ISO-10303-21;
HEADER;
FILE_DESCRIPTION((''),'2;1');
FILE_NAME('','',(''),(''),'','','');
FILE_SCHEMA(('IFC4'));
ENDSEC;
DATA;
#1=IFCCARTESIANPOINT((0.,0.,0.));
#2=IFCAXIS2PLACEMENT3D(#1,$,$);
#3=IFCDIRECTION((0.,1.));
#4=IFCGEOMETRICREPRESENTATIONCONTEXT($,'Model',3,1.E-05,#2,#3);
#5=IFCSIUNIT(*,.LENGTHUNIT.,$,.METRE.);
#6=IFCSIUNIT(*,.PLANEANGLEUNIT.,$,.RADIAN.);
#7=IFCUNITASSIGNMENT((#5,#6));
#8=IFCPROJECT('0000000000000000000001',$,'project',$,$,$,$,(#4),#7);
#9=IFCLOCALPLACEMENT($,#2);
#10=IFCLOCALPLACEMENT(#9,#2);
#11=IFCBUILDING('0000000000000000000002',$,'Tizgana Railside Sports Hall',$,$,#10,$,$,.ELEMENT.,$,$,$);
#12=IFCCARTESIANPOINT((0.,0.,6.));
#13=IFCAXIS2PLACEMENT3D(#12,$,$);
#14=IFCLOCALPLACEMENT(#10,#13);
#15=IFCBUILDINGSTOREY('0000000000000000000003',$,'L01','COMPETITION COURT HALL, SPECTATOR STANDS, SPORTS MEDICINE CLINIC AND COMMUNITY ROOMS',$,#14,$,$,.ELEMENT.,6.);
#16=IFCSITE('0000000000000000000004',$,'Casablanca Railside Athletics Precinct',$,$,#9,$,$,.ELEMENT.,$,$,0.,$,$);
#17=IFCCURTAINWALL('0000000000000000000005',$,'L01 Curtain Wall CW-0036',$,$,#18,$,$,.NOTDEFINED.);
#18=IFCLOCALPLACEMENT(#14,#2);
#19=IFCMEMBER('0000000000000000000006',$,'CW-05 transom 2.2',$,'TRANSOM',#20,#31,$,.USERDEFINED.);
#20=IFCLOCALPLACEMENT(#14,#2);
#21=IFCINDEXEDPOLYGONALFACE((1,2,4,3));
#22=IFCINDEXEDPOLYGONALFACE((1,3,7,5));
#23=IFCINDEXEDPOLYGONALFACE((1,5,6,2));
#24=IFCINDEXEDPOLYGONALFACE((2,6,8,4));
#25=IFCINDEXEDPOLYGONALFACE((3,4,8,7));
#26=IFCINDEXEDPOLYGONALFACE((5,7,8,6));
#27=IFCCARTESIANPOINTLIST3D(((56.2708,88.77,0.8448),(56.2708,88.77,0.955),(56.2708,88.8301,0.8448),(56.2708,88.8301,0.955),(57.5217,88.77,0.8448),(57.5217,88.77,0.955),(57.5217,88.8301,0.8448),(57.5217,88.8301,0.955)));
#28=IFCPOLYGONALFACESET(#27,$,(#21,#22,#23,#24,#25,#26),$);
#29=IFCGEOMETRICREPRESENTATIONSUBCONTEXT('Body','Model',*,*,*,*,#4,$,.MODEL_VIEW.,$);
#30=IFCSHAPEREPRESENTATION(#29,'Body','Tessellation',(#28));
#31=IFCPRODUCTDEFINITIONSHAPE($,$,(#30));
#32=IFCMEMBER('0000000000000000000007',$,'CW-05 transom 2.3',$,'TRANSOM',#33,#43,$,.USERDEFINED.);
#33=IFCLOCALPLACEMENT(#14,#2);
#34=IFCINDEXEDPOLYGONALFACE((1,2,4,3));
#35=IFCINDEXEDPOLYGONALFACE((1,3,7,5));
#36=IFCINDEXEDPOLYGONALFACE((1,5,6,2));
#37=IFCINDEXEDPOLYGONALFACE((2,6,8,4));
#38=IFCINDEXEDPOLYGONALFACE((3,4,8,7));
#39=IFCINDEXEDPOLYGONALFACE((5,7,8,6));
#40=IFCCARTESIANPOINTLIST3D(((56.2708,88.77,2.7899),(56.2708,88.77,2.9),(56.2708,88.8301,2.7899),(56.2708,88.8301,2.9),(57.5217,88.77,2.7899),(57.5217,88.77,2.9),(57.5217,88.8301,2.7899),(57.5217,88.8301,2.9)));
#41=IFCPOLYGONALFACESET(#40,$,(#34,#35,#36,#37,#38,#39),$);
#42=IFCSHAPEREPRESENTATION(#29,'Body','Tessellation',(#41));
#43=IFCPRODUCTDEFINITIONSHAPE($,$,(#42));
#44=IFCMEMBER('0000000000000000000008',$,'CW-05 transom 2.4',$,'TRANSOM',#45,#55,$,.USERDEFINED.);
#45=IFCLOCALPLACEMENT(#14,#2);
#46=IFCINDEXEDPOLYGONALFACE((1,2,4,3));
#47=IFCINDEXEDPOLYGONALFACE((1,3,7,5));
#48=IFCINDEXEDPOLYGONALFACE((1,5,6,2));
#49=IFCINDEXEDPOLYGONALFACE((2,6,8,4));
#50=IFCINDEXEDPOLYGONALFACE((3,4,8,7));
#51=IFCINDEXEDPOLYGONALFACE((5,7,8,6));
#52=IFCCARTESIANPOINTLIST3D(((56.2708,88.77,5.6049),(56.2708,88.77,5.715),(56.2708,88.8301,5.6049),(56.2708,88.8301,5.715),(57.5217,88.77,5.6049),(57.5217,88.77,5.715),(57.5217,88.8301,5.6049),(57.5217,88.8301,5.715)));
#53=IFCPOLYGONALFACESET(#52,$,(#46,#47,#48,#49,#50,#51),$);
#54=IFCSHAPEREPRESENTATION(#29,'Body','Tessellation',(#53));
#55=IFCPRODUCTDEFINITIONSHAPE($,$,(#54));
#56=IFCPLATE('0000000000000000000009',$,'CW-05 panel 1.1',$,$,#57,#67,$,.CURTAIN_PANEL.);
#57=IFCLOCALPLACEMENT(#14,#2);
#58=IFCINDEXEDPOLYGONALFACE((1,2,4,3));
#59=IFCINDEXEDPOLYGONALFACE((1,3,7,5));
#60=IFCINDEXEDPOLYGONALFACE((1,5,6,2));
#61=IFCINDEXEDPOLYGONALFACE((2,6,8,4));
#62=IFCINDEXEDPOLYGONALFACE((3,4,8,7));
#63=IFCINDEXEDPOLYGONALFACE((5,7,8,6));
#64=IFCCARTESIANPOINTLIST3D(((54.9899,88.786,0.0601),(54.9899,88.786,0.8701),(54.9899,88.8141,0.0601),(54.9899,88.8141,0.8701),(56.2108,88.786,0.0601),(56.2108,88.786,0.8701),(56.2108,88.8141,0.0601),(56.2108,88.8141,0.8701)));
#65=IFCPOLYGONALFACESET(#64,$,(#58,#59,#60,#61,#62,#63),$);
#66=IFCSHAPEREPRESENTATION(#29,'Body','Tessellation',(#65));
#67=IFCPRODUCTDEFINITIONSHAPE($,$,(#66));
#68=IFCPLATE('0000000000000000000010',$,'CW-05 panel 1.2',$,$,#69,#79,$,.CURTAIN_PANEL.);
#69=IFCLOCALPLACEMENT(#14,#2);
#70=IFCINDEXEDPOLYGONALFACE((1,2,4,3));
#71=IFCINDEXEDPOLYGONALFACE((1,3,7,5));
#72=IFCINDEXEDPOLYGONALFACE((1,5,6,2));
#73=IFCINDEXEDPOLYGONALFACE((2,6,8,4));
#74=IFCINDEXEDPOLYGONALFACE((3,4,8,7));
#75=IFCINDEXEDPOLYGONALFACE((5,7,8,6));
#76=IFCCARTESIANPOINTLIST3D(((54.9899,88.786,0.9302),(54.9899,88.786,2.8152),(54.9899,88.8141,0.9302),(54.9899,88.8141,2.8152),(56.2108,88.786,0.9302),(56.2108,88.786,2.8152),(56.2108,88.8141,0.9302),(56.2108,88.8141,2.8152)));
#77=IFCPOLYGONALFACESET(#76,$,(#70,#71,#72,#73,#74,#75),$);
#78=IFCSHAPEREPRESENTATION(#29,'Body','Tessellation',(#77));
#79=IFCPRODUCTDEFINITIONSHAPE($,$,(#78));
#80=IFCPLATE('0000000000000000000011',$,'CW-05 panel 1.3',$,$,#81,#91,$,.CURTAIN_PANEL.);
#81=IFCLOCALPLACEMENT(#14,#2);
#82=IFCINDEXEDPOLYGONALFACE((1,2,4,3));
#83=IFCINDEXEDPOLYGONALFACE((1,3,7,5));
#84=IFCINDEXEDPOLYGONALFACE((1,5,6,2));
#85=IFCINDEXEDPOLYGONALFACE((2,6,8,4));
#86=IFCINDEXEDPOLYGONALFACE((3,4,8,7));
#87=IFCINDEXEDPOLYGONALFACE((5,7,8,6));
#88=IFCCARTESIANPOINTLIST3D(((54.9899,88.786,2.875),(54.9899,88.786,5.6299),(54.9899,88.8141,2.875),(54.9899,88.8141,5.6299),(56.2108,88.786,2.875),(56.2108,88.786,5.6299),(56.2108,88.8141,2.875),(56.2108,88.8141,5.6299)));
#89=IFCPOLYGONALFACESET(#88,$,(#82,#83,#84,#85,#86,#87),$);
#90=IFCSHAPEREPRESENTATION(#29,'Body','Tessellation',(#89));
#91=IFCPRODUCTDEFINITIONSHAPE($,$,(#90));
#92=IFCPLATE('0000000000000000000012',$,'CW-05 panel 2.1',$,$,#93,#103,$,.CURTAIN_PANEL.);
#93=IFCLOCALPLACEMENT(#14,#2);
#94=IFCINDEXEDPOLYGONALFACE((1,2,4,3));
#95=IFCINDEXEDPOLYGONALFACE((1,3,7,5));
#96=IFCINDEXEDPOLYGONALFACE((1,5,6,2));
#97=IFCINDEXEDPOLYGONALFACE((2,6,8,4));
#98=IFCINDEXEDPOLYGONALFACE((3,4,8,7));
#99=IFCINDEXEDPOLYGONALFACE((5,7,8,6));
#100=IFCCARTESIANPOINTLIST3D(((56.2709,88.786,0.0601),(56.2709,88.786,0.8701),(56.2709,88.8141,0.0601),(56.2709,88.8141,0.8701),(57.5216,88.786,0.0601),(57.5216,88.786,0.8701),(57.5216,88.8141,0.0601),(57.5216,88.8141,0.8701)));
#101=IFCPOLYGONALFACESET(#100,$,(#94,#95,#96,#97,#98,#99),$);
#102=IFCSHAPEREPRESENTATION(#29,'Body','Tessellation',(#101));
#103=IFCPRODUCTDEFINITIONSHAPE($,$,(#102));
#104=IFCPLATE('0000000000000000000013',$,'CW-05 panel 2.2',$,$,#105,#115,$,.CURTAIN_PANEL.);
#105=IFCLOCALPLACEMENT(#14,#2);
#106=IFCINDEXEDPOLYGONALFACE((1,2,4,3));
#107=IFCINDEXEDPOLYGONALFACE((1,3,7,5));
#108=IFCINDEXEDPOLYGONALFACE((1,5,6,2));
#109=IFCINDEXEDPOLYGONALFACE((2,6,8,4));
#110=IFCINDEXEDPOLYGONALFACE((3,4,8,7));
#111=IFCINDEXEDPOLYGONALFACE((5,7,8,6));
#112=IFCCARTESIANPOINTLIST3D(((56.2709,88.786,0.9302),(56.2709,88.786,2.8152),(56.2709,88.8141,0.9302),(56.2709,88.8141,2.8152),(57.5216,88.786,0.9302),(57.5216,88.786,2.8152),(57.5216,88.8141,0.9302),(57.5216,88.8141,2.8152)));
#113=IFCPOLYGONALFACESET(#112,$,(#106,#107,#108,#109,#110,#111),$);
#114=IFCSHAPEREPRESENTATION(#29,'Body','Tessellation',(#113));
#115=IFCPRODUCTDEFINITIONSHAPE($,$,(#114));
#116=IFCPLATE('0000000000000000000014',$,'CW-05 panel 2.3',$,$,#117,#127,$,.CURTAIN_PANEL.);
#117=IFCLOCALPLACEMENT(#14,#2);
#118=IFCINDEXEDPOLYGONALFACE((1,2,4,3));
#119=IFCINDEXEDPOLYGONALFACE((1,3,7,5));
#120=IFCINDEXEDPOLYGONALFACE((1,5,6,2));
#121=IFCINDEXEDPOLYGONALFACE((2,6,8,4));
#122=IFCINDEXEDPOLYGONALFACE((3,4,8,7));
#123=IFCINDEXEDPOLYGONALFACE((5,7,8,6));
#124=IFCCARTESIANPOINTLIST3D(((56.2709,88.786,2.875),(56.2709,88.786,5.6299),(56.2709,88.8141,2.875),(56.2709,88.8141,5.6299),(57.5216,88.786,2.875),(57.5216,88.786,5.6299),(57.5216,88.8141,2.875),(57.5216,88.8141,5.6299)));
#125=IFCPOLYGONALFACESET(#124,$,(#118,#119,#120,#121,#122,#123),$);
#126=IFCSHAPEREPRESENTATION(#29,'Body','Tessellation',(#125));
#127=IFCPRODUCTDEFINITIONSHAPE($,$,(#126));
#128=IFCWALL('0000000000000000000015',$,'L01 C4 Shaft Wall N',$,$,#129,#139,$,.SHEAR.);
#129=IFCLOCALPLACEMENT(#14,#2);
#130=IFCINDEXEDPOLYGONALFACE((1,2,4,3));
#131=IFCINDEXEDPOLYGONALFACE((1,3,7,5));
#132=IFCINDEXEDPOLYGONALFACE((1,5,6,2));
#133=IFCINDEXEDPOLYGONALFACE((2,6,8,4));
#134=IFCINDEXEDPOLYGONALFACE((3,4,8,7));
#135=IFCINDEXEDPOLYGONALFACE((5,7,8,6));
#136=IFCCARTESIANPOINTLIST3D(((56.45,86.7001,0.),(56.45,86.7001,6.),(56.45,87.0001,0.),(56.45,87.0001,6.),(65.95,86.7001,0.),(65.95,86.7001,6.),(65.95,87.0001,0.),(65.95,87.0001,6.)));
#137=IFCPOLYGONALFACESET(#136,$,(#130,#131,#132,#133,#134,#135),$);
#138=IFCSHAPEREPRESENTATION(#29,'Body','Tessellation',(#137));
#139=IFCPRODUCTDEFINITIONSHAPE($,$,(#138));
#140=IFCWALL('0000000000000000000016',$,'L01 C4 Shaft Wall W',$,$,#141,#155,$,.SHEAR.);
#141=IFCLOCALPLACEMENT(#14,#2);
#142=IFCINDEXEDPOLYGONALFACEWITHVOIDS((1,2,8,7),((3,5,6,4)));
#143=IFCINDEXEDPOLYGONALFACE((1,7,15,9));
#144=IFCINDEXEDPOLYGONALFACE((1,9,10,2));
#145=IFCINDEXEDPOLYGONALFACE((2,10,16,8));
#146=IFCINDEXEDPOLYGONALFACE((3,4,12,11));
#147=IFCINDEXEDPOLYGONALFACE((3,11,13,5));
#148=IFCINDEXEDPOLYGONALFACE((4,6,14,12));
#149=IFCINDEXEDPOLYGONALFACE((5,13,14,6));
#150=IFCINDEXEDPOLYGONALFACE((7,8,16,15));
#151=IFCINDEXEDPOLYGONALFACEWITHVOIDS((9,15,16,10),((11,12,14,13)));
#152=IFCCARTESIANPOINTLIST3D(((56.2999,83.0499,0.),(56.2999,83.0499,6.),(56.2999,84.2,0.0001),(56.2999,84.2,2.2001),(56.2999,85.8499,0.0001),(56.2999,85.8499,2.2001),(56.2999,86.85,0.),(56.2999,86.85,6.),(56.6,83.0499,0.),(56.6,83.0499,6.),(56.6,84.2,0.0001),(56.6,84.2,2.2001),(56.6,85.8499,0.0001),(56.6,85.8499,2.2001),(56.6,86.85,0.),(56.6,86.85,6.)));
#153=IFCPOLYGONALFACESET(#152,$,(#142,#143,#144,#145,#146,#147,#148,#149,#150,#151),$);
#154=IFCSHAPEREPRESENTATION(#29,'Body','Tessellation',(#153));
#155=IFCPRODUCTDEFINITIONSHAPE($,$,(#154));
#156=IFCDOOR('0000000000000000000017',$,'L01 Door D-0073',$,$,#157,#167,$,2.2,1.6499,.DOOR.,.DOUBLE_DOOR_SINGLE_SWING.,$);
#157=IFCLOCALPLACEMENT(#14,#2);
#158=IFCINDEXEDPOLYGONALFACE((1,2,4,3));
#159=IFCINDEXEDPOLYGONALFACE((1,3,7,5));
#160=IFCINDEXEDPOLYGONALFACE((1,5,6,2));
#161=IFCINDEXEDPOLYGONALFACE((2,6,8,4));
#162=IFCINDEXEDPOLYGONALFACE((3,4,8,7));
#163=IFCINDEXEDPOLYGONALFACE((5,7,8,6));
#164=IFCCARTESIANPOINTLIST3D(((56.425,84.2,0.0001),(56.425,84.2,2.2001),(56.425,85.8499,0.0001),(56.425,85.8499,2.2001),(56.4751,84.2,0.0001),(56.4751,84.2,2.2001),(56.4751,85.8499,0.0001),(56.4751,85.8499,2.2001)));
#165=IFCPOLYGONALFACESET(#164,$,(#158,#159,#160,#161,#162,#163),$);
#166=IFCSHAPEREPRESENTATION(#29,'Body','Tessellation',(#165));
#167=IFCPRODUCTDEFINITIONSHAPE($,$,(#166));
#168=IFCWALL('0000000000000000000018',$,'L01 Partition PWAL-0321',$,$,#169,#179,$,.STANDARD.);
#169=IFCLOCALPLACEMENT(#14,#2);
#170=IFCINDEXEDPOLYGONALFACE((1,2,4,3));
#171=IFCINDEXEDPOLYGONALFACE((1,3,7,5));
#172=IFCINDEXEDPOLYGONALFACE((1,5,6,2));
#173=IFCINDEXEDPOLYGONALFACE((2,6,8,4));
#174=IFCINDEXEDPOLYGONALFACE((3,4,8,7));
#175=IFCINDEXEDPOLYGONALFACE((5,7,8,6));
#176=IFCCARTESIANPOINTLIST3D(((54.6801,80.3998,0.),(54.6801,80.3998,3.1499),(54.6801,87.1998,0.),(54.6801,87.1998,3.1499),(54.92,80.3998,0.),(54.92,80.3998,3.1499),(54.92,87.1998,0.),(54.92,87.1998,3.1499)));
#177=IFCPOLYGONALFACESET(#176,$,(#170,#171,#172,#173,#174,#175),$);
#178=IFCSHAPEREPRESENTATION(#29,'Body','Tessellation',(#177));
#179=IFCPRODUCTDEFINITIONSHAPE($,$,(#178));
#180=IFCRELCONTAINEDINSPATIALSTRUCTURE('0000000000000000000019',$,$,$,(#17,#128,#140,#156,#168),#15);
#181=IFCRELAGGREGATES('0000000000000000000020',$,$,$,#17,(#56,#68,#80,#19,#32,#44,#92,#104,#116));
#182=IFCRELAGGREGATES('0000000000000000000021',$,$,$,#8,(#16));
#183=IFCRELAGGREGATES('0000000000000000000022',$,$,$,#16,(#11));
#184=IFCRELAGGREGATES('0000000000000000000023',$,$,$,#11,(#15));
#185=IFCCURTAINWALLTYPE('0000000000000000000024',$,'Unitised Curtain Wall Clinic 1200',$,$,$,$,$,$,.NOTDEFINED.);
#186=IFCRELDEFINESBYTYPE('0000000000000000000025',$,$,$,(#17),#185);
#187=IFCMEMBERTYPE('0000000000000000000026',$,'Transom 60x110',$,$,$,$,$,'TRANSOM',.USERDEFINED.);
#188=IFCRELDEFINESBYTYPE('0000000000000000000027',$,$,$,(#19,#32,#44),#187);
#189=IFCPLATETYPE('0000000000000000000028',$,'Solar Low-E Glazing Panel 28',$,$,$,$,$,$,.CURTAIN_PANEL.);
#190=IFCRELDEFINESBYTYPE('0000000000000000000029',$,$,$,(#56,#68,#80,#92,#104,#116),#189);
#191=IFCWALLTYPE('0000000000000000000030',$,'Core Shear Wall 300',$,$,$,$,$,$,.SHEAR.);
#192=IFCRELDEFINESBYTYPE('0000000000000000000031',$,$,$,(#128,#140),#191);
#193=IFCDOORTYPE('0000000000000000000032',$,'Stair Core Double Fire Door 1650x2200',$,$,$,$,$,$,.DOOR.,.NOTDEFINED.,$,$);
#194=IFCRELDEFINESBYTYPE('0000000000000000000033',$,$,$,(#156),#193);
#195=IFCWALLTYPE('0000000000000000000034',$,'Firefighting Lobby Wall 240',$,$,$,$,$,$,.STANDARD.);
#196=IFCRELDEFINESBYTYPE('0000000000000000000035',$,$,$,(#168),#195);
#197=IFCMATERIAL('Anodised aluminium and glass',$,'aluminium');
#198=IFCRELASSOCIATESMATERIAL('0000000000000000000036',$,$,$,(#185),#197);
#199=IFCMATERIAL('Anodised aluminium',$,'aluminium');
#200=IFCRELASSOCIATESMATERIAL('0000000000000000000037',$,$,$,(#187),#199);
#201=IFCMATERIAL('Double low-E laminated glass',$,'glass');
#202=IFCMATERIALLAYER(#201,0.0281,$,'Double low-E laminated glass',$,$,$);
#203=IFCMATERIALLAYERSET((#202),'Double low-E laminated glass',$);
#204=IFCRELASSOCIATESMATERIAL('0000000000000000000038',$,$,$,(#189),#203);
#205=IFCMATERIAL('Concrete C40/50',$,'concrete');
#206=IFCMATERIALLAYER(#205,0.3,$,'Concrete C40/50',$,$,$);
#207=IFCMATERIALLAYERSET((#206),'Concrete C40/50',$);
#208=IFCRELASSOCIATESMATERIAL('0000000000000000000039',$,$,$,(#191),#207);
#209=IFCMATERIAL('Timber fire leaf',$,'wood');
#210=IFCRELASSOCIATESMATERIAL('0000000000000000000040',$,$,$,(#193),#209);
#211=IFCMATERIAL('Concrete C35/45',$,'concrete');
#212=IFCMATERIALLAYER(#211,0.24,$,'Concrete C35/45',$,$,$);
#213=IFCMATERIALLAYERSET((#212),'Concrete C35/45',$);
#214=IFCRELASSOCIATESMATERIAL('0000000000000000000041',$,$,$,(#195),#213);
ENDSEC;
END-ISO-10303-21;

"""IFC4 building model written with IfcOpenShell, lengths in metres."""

from ifc_helpers import new_model, si_unit, direction, frame, frame_2d, origin, origin_2d, place, context, subcontext, project, spatial, rectangle, extrude, material, layer, layer_set, material_profile, profile_set, type_object, element, fill, aggregate, save


model = new_model("IFC4")

# Units and contexts
model_context = context("Model", 3, precision=1e-05, world=origin(), true_north=direction((0.0, 1.0)))
body_context = subcontext(model_context, "Body", "Model", "MODEL_VIEW")
ifc_project = project(units=[si_unit("LENGTHUNIT", "METRE"), si_unit("PLANEANGLEUNIT", "RADIAN")], contexts=[model_context])

# Site, building, storey
site_placement = place(None, origin())
site = spatial("IfcSite", under=ifc_project, at=site_placement, Name="Casablanca Railside Athletics Precinct", CompositionType="ELEMENT", RefElevation=0.0)
building_placement = place(site_placement, origin())
building = spatial("IfcBuilding", under=site, at=building_placement, Name="Tizgana Railside Sports Hall", CompositionType="ELEMENT")
storey_placement = place(building_placement, frame((0.0, 0.0, 6.0)))
storey = spatial("IfcBuildingStorey", under=building, at=storey_placement, Name="L01", Description="COMPETITION COURT HALL, SPECTATOR STANDS, SPORTS MEDICINE CLINIC AND COMMUNITY ROOMS", CompositionType="ELEMENT", Elevation=6.0)

# Curtain wall
ifc_material_1 = material(Name="Anodised aluminium and glass", Category="aluminium")
curtain_wall_type = type_object("IfcCurtainWallType", Name="Unitised Curtain Wall Clinic 1200", PredefinedType="NOTDEFINED", material=ifc_material_1)
curtain_wall_placement = place(storey_placement, origin())
curtain_wall = element("IfcCurtainWall", 1, at=curtain_wall_placement, inside=storey, type_object=curtain_wall_type, Name="L01 Curtain Wall CW-0036", PredefinedType="NOTDEFINED")
ifc_material_2 = material(Name="Anodised aluminium", Category="aluminium")

# Members
ifc_material_profile_1 = material_profile(ifc_material_2, rectangle(XDim=0.0601, YDim=0.1101, at=origin_2d()), Name="Transom 60x110")
ifc_profile_set_1 = profile_set([ifc_material_profile_1], Name="Anodised aluminium")
member_type_1 = type_object("IfcMemberType", Name="Transom 60x110", ElementType="TRANSOM", PredefinedType="USERDEFINED", material=ifc_profile_set_1)
member_1_placement = place(storey_placement, frame((56.2708, 88.8, 0.8999), z_axis=(1.0, 0.0, 0.0), x_axis=(0.0, 1.0, 0.0)))
member_1 = element("IfcMember", 2, at=member_1_placement, type_object=member_type_1, Name="CW-05 transom 2.2", ObjectType="TRANSOM", PredefinedType="USERDEFINED", context=body_context, shape_type="SweptSolid", body=[
    extrude(rectangle(XDim=0.0601, YDim=0.1101, at=origin_2d()), origin(), (0.0, 0.0, 1.0), 1.251),
])
member_2_placement = place(storey_placement, frame((56.2708, 88.8, 2.845), z_axis=(1.0, 0.0, 0.0), x_axis=(0.0, 1.0, 0.0)))
member_2 = element("IfcMember", 3, at=member_2_placement, type_object=member_type_1, Name="CW-05 transom 2.3", ObjectType="TRANSOM", PredefinedType="USERDEFINED", context=body_context, shape_type="SweptSolid", body=[
    extrude(rectangle(XDim=0.0601, YDim=0.1101, at=origin_2d()), origin(), (0.0, 0.0, 1.0), 1.251),
])
member_3_placement = place(storey_placement, frame((56.2708, 88.8, 5.6599), z_axis=(1.0, 0.0, 0.0), x_axis=(0.0, 1.0, 0.0)))
member_3 = element("IfcMember", 4, at=member_3_placement, type_object=member_type_1, Name="CW-05 transom 2.4", ObjectType="TRANSOM", PredefinedType="USERDEFINED", context=body_context, shape_type="SweptSolid", body=[
    extrude(rectangle(XDim=0.0601, YDim=0.1101, at=origin_2d()), origin(), (0.0, 0.0, 1.0), 1.251),
])

# Plates
ifc_material_3 = material(Name="Double low-E laminated glass", Category="glass")
ifc_layer_1 = layer(ifc_material_3, 0.0281, Name="Double low-E laminated glass")
ifc_layer_set_1 = layer_set([ifc_layer_1], Name="Double low-E laminated glass")
plate_type = type_object("IfcPlateType", Name="Solar Low-E Glazing Panel 28", PredefinedType="CURTAIN_PANEL", material=ifc_layer_set_1)
plate_1_placement = place(storey_placement, frame((55.6003, 88.8, 0.0601), z_axis=(0.0, 0.0, 1.0), x_axis=(1.0, 0.0, 0.0)))
plate_1 = element("IfcPlate", 5, at=plate_1_placement, type_object=plate_type, Name="CW-05 panel 1.1", PredefinedType="CURTAIN_PANEL", context=body_context, shape_type="SweptSolid", body=[
    extrude(rectangle(XDim=1.2209, YDim=0.0281, at=origin_2d()), origin(), (0.0, 0.0, 1.0), 0.8101),
])
plate_2_placement = place(storey_placement, frame((55.6003, 88.8, 0.9302), z_axis=(0.0, 0.0, 1.0), x_axis=(1.0, 0.0, 0.0)))
plate_2 = element("IfcPlate", 6, at=plate_2_placement, type_object=plate_type, Name="CW-05 panel 1.2", PredefinedType="CURTAIN_PANEL", context=body_context, shape_type="SweptSolid", body=[
    extrude(rectangle(XDim=1.2209, YDim=0.0281, at=origin_2d()), origin(), (0.0, 0.0, 1.0), 1.885),
])
plate_3_placement = place(storey_placement, frame((55.6003, 88.8, 2.875), z_axis=(0.0, 0.0, 1.0), x_axis=(1.0, 0.0, 0.0)))
plate_3 = element("IfcPlate", 7, at=plate_3_placement, type_object=plate_type, Name="CW-05 panel 1.3", PredefinedType="CURTAIN_PANEL", context=body_context, shape_type="SweptSolid", body=[
    extrude(rectangle(XDim=1.2209, YDim=0.0281, at=origin_2d()), origin(), (0.0, 0.0, 1.0), 2.7549),
])
plate_4_placement = place(storey_placement, frame((56.8962, 88.8, 0.0601), z_axis=(0.0, 0.0, 1.0), x_axis=(1.0, 0.0, 0.0)))
plate_4 = element("IfcPlate", 8, at=plate_4_placement, type_object=plate_type, Name="CW-05 panel 2.1", PredefinedType="CURTAIN_PANEL", context=body_context, shape_type="SweptSolid", body=[
    extrude(rectangle(XDim=1.2507, YDim=0.0281, at=origin_2d()), origin(), (0.0, 0.0, 1.0), 0.8101),
])
plate_5_placement = place(storey_placement, frame((56.8962, 88.8, 0.9302), z_axis=(0.0, 0.0, 1.0), x_axis=(1.0, 0.0, 0.0)))
plate_5 = element("IfcPlate", 9, at=plate_5_placement, type_object=plate_type, Name="CW-05 panel 2.2", PredefinedType="CURTAIN_PANEL", context=body_context, shape_type="SweptSolid", body=[
    extrude(rectangle(XDim=1.2507, YDim=0.0281, at=origin_2d()), origin(), (0.0, 0.0, 1.0), 1.885),
])
plate_6_placement = place(storey_placement, frame((56.8962, 88.8, 2.875), z_axis=(0.0, 0.0, 1.0), x_axis=(1.0, 0.0, 0.0)))
plate_6 = element("IfcPlate", 10, at=plate_6_placement, type_object=plate_type, Name="CW-05 panel 2.3", PredefinedType="CURTAIN_PANEL", context=body_context, shape_type="SweptSolid", body=[
    extrude(rectangle(XDim=1.2507, YDim=0.0281, at=origin_2d()), origin(), (0.0, 0.0, 1.0), 2.7549),
])
aggregate(curtain_wall, [plate_1, plate_2, plate_3, member_1, member_2, member_3, plate_4, plate_5, plate_6])

# Wall
ifc_material_4 = material(Name="Concrete C40/50", Category="concrete")
ifc_layer_2 = layer(ifc_material_4, 0.3, Name="Concrete C40/50")
ifc_layer_set_2 = layer_set([ifc_layer_2], Name="Concrete C40/50")
wall_type_1 = type_object("IfcWallType", Name="Core Shear Wall 300", PredefinedType="SHEAR", material=ifc_layer_set_2)
wall_1_placement = place(storey_placement, frame((56.45, 86.8501, 0.0), z_axis=(0.0, 0.0, 1.0), x_axis=(1.0, 0.0, 0.0)))
element("IfcWall", 11, at=wall_1_placement, inside=storey, type_object=wall_type_1, Name="L01 C4 Shaft Wall N", PredefinedType="SHEAR", context=body_context, shape_type="SweptSolid", body=[
    extrude(rectangle(XDim=9.5, YDim=0.3, at=frame_2d((4.75, 0.0))), origin(), (0.0, 0.0, 1.0), 6.0),
])

# Wall, opening, door
wall_2_placement = place(storey_placement, frame((56.45, 83.05, 0.0), z_axis=(0.0, 0.0, 1.0), x_axis=(0.0, 1.0, 0.0)))
wall_2 = element("IfcWall", 12, at=wall_2_placement, inside=storey, type_object=wall_type_1, Name="L01 C4 Shaft Wall W", PredefinedType="SHEAR", context=body_context, shape_type="SweptSolid", body=[
    extrude(rectangle(XDim=3.8, YDim=0.3, at=frame_2d((1.8999, 0.0))), origin(), (0.0, 0.0, 1.0), 6.0),
])
opening_placement = place(wall_2_placement, frame((1.1499, 0.0, 0.0)))
opening = element("IfcOpeningElement", 13, at=opening_placement, cuts=wall_2, PredefinedType="OPENING", context=body_context, shape_type="SweptSolid", body=[
    extrude(rectangle(XDim=1.6499, YDim=2.2, at=frame_2d((0.825, 1.1001))), frame((0.0, 0.1599, 0.0), z_axis=(0.0, -1.0, 0.0), x_axis=(1.0, 0.0, 0.0)), (0.0, 0.0, 1.0), 0.3201),
])
ifc_material_5 = material(Name="Timber fire leaf", Category="wood")
door_type = type_object("IfcDoorType", Name="Stair Core Double Fire Door 1650x2200", OperationType="NOTDEFINED", PredefinedType="DOOR", material=ifc_material_5)
door_placement = place(opening_placement, origin())
door = element("IfcDoor", 14, at=door_placement, inside=storey, type_object=door_type, Name="L01 Door D-0073", OperationType="DOUBLE_DOOR_SINGLE_SWING", OverallHeight=2.2, OverallWidth=1.6499, PredefinedType="DOOR", context=body_context, shape_type="SweptSolid", body=[
    extrude(rectangle(XDim=1.6499, YDim=2.2, at=frame_2d((0.825, 1.1001))), frame((0.0, 0.0249, 0.0), z_axis=(0.0, -1.0, 0.0), x_axis=(1.0, 0.0, 0.0)), (0.0, 0.0, 1.0), 0.05),
])
fill(opening, door)

# Wall
ifc_material_6 = material(Name="Concrete C35/45", Category="concrete")
ifc_layer_3 = layer(ifc_material_6, 0.24, Name="Concrete C35/45")
ifc_layer_set_3 = layer_set([ifc_layer_3], Name="Concrete C35/45")
wall_type_2 = type_object("IfcWallType", Name="Firefighting Lobby Wall 240", PredefinedType="STANDARD", material=ifc_layer_set_3)
wall_3_placement = place(storey_placement, frame((54.8, 80.3999, 0.0), z_axis=(0.0, 0.0, 1.0), x_axis=(0.0, 1.0, 0.0)))
element("IfcWall", 15, at=wall_3_placement, inside=storey, type_object=wall_type_2, Name="L01 Partition PWAL-0321", PredefinedType="STANDARD", context=body_context, shape_type="SweptSolid", body=[
    extrude(rectangle(XDim=6.8, YDim=0.24, at=frame_2d((3.3999, 0.0))), origin(), (0.0, 0.0, 1.0), 3.1499),
])

save(model, "model.ifc")
